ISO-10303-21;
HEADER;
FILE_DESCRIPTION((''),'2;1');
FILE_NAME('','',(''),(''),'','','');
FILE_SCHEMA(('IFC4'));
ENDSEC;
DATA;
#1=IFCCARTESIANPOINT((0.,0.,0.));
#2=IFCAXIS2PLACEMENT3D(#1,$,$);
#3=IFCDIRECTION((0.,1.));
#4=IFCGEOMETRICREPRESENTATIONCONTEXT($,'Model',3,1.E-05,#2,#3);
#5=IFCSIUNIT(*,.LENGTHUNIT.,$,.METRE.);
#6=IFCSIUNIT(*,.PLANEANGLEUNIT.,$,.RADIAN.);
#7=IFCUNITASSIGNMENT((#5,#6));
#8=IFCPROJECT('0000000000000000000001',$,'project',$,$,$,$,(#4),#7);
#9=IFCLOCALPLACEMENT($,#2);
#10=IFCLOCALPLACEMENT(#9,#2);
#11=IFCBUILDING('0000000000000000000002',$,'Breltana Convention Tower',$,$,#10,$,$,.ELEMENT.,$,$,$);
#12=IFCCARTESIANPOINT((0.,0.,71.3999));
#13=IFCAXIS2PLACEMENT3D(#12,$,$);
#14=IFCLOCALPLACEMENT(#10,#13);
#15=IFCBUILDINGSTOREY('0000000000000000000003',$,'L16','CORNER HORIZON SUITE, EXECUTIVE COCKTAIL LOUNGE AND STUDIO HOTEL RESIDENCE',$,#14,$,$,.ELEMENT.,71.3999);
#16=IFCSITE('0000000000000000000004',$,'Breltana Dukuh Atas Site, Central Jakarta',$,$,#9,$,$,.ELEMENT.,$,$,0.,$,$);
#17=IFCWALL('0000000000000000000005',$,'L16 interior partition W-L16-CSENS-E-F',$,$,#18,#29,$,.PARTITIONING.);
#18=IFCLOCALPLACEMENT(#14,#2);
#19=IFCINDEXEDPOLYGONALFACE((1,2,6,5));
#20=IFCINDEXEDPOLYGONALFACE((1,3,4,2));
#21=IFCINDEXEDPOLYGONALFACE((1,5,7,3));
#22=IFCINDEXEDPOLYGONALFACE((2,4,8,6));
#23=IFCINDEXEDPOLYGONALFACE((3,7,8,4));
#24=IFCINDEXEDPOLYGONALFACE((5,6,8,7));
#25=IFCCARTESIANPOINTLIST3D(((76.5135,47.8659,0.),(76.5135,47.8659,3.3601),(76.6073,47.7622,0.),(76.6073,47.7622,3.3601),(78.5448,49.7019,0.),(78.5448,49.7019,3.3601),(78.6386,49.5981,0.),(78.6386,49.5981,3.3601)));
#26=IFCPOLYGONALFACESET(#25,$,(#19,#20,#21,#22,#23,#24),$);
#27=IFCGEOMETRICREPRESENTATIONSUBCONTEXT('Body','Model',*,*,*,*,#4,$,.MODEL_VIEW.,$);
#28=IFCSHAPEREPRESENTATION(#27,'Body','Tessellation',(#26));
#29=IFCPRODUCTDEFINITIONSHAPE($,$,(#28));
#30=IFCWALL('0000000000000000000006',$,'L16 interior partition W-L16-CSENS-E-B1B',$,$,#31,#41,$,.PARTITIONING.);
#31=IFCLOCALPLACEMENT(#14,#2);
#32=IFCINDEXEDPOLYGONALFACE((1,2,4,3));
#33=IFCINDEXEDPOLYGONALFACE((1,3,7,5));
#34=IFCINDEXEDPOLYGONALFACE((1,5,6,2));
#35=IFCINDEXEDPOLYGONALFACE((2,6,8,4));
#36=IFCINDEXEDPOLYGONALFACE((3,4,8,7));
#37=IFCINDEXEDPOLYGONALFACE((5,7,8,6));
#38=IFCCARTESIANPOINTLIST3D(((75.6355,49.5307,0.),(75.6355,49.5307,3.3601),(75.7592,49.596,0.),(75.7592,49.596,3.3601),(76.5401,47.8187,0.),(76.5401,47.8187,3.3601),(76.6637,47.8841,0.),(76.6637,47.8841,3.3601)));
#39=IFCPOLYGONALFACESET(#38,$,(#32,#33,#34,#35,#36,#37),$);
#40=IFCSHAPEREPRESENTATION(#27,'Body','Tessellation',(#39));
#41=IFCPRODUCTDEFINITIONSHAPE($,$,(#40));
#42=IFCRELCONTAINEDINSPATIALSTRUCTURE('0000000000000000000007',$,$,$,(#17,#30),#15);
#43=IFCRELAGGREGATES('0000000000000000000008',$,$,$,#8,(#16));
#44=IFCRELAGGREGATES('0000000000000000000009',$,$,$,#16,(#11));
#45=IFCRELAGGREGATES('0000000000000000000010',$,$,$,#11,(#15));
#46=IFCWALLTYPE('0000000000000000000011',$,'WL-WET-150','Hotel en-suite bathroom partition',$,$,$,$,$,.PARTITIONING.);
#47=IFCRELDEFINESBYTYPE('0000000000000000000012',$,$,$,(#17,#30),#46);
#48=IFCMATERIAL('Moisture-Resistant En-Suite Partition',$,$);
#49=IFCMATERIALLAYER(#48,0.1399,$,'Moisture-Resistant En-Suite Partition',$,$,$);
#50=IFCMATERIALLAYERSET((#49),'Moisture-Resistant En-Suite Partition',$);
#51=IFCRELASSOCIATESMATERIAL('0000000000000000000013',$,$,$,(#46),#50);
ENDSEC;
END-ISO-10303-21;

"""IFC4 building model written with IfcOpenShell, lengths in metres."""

from ifc_helpers import new_model, si_unit, direction, frame, frame_2d, origin, place, context, subcontext, project, spatial, rectangle, extrude, source, transform, mapped, material, layer, layer_set, type_object, element, save


model = new_model("IFC4")

# Units and contexts
model_context = context("Model", 3, precision=1e-05, world=origin(), true_north=direction((0.0, 1.0)))
body_context = subcontext(model_context, "Body", "Model", "MODEL_VIEW")
ifc_project = project(units=[si_unit("LENGTHUNIT", "METRE"), si_unit("PLANEANGLEUNIT", "RADIAN")], contexts=[model_context])

# Site, building, storey
site_placement = place(None, origin())
site = spatial("IfcSite", under=ifc_project, at=site_placement, Name="Breltana Dukuh Atas Site, Central Jakarta", CompositionType="ELEMENT", RefElevation=0.0)
building_placement = place(site_placement, origin())
building = spatial("IfcBuilding", under=site, at=building_placement, Name="Breltana Convention Tower", CompositionType="ELEMENT")
storey_placement = place(building_placement, frame((0.0, 0.0, 71.3999)))
storey = spatial("IfcBuildingStorey", under=building, at=storey_placement, Name="L16", Description="CORNER HORIZON SUITE, EXECUTIVE COCKTAIL LOUNGE AND STUDIO HOTEL RESIDENCE", CompositionType="ELEMENT", Elevation=71.3999)

# Walls
ifc_material_1 = material(Name="Moisture-Resistant En-Suite Partition")
ifc_layer_1 = layer(ifc_material_1, 0.1399, Name="Moisture-Resistant En-Suite Partition")
ifc_layer_set_1 = layer_set([ifc_layer_1], Name="Moisture-Resistant En-Suite Partition")
wall_type_1 = type_object("IfcWallType", Name="WL-WET-150", Description="Hotel en-suite bathroom partition", PredefinedType="PARTITIONING", material=ifc_layer_set_1)
shared_shape_1 = source(origin(), body_context, "Body", "SweptSolid", [
    extrude(rectangle(XDim=2.738, YDim=0.1399, at=frame_2d((1.3691, 0.0))), origin(), (0.0, 0.0, 1.0), 3.3601),
])
wall_1_placement = place(storey_placement, frame((76.5603, 47.814, 0.0), z_axis=(0.0, 0.0, 1.0), x_axis=(0.741874, 0.67054, 0.0)))
element("IfcWall", 1, at=wall_1_placement, inside=storey, type_object=wall_type_1, Name="L16 interior partition W-L16-CSENS-E-F", PredefinedType="PARTITIONING", context=body_context, shape_type="MappedRepresentation", body=[
    mapped(shared_shape_1, transform((0.0, 0.0, 0.0), scale=1.0)),
])
shared_shape_2 = source(origin(), body_context, "Body", "SweptSolid", [
    extrude(rectangle(XDim=1.9363, YDim=0.1399, at=frame_2d((0.9683, 0.0))), origin(), (0.0, 0.0, 1.0), 3.3601),
])
wall_2_placement = place(storey_placement, frame((75.6973, 49.5635, 0.0), z_axis=(0.0, 0.0, 1.0), x_axis=(0.467175, -0.884165, 0.0)))
element("IfcWall", 2, at=wall_2_placement, inside=storey, type_object=wall_type_1, Name="L16 interior partition W-L16-CSENS-E-B1B", PredefinedType="PARTITIONING", context=body_context, shape_type="MappedRepresentation", body=[
    mapped(shared_shape_2, transform((0.0, 0.0, 0.0), scale=1.0)),
])

save(model, "model.ifc")
